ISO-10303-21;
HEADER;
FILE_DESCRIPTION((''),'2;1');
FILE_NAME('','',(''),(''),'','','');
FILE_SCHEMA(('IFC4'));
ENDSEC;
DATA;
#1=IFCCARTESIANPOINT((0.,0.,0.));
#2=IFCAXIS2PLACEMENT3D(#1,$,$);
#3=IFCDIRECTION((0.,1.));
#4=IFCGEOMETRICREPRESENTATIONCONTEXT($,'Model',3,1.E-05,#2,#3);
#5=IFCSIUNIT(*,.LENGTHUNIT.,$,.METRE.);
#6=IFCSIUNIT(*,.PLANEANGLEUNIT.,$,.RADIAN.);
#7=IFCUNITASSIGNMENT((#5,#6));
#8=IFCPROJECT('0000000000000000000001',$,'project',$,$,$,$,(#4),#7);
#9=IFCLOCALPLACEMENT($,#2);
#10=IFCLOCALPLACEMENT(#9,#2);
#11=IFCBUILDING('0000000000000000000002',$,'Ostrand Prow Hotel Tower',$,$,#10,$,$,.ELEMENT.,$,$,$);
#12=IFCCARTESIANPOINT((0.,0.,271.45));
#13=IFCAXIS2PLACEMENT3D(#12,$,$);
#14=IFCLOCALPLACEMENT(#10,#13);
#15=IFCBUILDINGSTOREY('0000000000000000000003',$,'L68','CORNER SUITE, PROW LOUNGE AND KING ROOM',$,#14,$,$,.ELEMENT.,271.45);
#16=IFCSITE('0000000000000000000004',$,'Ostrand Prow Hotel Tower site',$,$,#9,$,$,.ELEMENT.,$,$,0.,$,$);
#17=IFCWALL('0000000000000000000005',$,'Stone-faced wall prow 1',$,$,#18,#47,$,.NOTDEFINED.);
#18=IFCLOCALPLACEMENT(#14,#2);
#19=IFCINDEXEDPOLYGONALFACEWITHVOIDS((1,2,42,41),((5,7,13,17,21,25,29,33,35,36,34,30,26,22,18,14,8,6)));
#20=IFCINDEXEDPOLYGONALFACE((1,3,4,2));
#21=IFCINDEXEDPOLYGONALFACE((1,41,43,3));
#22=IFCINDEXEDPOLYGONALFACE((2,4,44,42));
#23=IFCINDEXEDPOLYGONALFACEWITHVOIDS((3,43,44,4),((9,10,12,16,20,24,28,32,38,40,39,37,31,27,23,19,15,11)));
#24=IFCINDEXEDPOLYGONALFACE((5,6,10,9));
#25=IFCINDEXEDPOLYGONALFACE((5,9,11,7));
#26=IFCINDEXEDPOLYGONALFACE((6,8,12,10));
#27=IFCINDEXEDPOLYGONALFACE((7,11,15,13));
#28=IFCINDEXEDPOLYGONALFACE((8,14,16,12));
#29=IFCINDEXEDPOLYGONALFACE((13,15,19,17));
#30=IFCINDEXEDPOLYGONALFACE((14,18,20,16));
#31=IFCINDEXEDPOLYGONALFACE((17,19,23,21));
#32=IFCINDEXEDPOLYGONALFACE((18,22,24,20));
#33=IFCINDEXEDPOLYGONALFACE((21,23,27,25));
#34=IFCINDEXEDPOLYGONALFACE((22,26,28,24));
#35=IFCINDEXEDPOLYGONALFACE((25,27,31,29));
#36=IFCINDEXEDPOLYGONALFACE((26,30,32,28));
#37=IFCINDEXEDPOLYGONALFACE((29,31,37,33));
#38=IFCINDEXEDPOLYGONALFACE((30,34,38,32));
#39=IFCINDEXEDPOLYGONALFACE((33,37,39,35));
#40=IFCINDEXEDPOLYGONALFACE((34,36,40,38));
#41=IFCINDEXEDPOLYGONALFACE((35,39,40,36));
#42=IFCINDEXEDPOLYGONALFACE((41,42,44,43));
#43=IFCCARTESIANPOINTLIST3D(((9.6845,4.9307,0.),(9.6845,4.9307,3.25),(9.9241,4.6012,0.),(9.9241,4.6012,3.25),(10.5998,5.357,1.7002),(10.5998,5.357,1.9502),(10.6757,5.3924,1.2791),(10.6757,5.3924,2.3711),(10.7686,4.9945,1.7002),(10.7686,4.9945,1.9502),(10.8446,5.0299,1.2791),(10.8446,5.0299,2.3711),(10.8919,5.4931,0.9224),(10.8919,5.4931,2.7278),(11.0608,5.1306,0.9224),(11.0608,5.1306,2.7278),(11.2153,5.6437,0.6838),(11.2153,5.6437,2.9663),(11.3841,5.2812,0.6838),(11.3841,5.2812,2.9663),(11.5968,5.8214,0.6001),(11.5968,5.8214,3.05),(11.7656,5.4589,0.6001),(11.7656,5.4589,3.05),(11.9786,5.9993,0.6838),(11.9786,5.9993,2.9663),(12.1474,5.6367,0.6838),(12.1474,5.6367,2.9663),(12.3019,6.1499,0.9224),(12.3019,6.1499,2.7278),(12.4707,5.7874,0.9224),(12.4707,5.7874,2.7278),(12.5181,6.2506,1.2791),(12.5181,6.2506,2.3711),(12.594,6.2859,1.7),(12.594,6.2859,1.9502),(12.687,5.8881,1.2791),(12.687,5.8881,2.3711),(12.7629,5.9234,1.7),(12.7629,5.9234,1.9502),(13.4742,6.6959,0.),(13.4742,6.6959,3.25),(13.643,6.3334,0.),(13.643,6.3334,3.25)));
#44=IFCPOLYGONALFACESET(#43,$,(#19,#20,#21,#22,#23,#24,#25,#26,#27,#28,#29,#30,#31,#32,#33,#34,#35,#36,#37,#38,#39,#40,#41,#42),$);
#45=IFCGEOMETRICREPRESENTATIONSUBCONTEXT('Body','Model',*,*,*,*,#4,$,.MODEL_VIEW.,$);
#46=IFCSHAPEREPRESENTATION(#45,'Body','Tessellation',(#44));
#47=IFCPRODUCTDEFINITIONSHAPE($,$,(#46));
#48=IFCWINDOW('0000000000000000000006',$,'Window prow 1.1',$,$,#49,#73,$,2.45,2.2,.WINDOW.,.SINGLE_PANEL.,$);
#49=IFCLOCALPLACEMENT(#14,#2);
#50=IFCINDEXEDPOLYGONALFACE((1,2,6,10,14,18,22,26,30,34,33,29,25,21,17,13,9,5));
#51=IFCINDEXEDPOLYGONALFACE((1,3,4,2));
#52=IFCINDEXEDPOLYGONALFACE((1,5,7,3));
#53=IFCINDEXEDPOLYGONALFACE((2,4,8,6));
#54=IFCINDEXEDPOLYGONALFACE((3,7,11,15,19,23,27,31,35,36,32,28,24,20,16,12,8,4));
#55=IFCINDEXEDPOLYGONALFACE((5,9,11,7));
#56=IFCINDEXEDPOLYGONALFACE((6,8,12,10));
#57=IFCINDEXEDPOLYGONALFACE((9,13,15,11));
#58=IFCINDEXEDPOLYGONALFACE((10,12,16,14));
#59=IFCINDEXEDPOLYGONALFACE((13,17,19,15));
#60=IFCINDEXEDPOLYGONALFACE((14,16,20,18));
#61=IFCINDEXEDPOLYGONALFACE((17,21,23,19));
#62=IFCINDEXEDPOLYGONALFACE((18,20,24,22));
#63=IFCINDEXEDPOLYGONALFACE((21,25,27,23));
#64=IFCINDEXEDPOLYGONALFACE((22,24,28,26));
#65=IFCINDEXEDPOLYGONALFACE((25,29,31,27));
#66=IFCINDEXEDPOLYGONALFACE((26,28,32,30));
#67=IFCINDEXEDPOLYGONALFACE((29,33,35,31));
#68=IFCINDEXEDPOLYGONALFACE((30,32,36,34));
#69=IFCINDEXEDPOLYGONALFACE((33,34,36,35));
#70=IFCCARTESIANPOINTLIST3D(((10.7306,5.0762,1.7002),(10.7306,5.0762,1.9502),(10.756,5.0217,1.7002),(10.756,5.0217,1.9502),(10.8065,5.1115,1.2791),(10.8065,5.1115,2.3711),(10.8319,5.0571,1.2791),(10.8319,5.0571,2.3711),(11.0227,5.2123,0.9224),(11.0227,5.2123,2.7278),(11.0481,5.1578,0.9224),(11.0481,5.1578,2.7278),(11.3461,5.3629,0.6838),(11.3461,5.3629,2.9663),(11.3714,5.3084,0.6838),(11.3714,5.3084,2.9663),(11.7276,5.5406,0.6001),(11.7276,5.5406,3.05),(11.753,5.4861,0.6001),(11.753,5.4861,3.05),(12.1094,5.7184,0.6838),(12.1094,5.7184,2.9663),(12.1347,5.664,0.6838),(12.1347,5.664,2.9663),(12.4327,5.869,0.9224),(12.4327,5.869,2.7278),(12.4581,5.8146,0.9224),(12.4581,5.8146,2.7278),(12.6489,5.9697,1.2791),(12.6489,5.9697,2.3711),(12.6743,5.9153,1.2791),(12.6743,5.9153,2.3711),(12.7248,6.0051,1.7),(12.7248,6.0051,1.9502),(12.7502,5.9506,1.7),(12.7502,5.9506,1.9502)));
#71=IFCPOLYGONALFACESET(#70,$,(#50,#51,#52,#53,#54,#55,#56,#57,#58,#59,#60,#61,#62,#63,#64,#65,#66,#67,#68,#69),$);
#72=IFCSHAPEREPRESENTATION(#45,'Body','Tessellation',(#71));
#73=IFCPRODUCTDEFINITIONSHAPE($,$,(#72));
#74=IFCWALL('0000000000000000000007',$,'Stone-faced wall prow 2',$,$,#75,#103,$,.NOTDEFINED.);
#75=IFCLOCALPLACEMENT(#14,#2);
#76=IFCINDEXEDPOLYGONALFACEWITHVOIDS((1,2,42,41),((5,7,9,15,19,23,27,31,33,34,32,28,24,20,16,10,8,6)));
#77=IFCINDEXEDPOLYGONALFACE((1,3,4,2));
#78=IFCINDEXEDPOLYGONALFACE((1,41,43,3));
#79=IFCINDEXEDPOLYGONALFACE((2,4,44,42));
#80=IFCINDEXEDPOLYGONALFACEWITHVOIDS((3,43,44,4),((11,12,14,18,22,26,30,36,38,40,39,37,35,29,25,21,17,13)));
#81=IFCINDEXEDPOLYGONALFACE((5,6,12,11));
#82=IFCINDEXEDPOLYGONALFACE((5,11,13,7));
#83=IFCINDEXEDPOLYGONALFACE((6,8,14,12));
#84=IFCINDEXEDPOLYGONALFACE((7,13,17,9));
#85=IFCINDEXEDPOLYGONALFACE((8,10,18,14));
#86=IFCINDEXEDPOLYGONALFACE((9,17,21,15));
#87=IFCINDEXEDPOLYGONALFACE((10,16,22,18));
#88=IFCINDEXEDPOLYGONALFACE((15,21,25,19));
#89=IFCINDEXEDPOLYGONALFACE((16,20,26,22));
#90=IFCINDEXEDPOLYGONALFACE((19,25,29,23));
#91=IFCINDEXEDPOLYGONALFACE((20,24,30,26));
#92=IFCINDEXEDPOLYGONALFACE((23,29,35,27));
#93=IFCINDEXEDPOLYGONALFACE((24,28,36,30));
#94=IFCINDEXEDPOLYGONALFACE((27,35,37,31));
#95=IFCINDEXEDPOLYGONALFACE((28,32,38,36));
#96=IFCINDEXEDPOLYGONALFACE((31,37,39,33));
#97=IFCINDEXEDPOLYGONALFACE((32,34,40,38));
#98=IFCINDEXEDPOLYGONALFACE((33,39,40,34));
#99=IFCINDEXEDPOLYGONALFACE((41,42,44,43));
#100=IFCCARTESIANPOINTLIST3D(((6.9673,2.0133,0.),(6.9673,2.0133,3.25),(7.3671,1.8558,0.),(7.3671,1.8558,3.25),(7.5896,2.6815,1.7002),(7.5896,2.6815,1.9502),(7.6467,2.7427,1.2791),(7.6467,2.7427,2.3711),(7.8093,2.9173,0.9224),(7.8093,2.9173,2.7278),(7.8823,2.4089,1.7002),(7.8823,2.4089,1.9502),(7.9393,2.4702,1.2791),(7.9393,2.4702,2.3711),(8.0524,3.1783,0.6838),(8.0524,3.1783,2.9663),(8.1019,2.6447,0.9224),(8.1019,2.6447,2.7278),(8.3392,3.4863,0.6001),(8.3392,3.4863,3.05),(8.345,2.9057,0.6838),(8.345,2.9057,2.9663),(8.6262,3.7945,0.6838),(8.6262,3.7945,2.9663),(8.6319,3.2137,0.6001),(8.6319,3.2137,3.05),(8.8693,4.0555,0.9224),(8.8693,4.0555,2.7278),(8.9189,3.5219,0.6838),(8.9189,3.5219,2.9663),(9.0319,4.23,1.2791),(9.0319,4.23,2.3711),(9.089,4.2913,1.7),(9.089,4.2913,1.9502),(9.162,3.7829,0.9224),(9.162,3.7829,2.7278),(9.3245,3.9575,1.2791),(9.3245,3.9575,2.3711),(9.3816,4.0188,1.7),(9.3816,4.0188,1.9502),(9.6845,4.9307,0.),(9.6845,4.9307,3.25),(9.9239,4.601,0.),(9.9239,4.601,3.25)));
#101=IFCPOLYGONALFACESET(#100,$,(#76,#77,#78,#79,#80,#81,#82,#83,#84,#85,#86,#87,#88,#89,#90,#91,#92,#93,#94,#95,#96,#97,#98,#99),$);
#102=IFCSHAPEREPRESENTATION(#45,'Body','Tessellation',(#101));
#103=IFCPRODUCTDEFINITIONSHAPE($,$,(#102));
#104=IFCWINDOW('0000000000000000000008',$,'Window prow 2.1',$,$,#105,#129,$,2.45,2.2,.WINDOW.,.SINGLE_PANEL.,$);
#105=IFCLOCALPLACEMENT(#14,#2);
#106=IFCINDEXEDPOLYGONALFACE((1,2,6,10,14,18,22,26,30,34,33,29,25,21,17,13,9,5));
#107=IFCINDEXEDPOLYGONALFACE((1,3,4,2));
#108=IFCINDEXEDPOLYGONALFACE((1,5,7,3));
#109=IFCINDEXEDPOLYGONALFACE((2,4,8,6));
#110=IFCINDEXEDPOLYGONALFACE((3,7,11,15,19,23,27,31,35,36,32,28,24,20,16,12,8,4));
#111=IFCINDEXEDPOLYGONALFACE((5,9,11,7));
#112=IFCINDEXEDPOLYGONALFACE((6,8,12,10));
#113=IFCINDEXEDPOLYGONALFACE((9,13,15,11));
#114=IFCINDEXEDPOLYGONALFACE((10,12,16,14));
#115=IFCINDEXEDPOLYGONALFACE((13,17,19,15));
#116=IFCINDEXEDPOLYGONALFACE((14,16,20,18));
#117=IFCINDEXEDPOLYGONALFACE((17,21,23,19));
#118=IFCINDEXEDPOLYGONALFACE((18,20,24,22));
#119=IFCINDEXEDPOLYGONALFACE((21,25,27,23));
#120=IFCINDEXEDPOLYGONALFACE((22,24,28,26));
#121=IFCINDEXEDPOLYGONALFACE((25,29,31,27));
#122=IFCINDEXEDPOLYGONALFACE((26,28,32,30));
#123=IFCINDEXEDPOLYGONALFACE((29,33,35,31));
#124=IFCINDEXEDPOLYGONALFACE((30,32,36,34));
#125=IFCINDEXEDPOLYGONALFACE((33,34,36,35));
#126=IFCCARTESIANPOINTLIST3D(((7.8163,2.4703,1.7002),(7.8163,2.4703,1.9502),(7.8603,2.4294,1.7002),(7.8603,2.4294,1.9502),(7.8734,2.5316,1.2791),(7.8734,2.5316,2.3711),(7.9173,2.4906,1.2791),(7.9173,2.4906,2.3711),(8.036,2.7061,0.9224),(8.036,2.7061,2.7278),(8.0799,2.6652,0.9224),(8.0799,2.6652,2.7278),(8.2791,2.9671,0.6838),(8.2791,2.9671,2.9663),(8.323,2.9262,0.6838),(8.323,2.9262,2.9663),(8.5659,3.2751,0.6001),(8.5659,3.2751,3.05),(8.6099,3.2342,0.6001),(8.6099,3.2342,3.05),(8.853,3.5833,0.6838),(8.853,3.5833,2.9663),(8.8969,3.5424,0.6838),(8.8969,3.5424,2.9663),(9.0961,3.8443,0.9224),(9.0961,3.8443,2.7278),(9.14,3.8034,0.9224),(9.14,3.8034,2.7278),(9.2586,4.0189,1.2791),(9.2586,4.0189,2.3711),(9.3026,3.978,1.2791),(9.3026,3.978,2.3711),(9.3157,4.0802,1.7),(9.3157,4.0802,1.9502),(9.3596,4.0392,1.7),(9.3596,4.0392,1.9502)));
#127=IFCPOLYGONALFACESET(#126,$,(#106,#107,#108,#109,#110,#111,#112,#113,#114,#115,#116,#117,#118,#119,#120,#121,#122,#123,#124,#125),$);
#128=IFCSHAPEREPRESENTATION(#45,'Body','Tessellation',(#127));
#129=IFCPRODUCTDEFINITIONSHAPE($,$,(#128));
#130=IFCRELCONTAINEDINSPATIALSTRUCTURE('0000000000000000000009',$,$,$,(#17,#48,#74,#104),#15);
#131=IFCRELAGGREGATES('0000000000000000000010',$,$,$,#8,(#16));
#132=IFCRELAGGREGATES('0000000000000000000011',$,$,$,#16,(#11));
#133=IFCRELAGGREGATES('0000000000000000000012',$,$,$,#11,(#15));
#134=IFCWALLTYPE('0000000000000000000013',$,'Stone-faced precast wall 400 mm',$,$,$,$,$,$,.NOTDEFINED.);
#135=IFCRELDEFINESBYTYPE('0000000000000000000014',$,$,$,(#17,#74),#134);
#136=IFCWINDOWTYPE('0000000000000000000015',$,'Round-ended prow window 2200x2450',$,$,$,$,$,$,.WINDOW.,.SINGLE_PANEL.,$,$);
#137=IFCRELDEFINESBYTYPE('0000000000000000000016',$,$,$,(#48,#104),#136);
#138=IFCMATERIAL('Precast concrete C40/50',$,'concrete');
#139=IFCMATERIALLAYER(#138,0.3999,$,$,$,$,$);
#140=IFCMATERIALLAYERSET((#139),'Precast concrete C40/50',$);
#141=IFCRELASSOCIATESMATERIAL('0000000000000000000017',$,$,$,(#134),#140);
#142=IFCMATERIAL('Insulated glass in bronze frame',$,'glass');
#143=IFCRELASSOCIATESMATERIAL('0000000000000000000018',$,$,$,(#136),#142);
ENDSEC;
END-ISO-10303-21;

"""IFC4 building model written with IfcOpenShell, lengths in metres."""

from ifc_helpers import new_model, si_unit, direction, frame, origin, place, context, subcontext, project, spatial, polyline, outline, extrude, material, layer, layer_set, type_object, element, fill, save


model = new_model("IFC4")

# Units and contexts
model_context = context("Model", 3, precision=1e-05, world=origin(), true_north=direction((0.0, 1.0)))
body_context = subcontext(model_context, "Body", "Model", "MODEL_VIEW")
ifc_project = project(units=[si_unit("LENGTHUNIT", "METRE"), si_unit("PLANEANGLEUNIT", "RADIAN")], contexts=[model_context])

# Site, building, storey
site_placement = place(None, origin())
site = spatial("IfcSite", under=ifc_project, at=site_placement, Name="Ostrand Prow Hotel Tower site", CompositionType="ELEMENT", RefElevation=0.0)
building_placement = place(site_placement, origin())
building = spatial("IfcBuilding", under=site, at=building_placement, Name="Ostrand Prow Hotel Tower", CompositionType="ELEMENT")
storey_placement = place(building_placement, frame((0.0, 0.0, 271.45)))
storey = spatial("IfcBuildingStorey", under=building, at=storey_placement, Name="L68", Description="CORNER SUITE, PROW LOUNGE AND KING ROOM", CompositionType="ELEMENT", Elevation=271.45)

# Walls, openings, windows
ifc_material_1 = material(Name="Precast concrete C40/50", Category="concrete")
ifc_layer_1 = layer(ifc_material_1, 0.3999)
ifc_layer_set_1 = layer_set([ifc_layer_1], Name="Precast concrete C40/50")
wall_type_1 = type_object("IfcWallType", Name="Stone-faced precast wall 400 mm", PredefinedType="NOTDEFINED", material=ifc_layer_set_1)
wall_1_placement = place(storey_placement, frame((13.5586, 6.5146, 0.0), z_axis=(0.0, 0.0, 1.0), x_axis=(-0.906486, -0.422237, 0.0)))
wall_1 = element("IfcWall", 1, at=wall_1_placement, inside=storey, type_object=wall_type_1, Name="Stone-faced wall prow 1", PredefinedType="NOTDEFINED", context=body_context, shape_type="SweptSolid", body=[
    extrude(outline(polyline([(0.0, -0.2), (4.1807, -0.2), (4.1025, 0.2), (0.0, 0.2), (0.0, -0.2)])), origin(), (0.0, 0.0, 1.0), 3.25),
])
opening_1_placement = place(wall_1_placement, frame((0.9709, 0.0, 0.6001)))
opening_1 = element("IfcOpeningElement", 2, at=opening_1_placement, cuts=wall_1, PredefinedType="OPENING", context=body_context, shape_type="SweptSolid", body=[
    extrude(outline(polyline([(0.0, 1.3501), (0.0837, 1.771), (0.3223, 2.1277), (0.679, 2.3662), (1.1001, 2.45), (1.521, 2.3662), (1.8777, 2.1277), (2.1162, 1.771), (2.2, 1.3501), (2.2, 1.1001), (2.1162, 0.679), (1.8777, 0.3223), (1.521, 0.0837), (1.1001, 0.0), (0.679, 0.0837), (0.3223, 0.3223), (0.0837, 0.679), (0.0, 1.0999), (0.0, 1.3501)])), frame((0.0, 0.21, 0.0), z_axis=(0.0, -1.0, 0.0), x_axis=(1.0, 0.0, 0.0)), (0.0, 0.0, 1.0), 0.4199),
])
ifc_material_2 = material(Name="Insulated glass in bronze frame", Category="glass")
window_type = type_object("IfcWindowType", Name="Round-ended prow window 2200x2450", PartitioningType="SINGLE_PANEL", PredefinedType="WINDOW", material=ifc_material_2)
window_1_placement = place(opening_1_placement, origin())
window_1 = element("IfcWindow", 3, at=window_1_placement, inside=storey, type_object=window_type, Name="Window prow 1.1", OverallHeight=2.45, OverallWidth=2.2, PartitioningType="SINGLE_PANEL", PredefinedType="WINDOW", context=body_context, shape_type="SweptSolid", body=[
    extrude(outline(polyline([(0.0, 1.3501), (0.0837, 1.771), (0.3223, 2.1277), (0.679, 2.3662), (1.1001, 2.45), (1.521, 2.3662), (1.8777, 2.1277), (2.1162, 1.771), (2.2, 1.3501), (2.2, 1.1001), (2.1162, 0.679), (1.8777, 0.3223), (1.521, 0.0837), (1.1001, 0.0), (0.679, 0.0837), (0.3223, 0.3223), (0.0837, 0.679), (0.0, 1.0999), (0.0, 1.3501)])), frame((0.0, 0.1699, 0.0), z_axis=(0.0, -1.0, 0.0), x_axis=(1.0, 0.0, 0.0)), (0.0, 0.0, 1.0), 0.0601),
])
fill(opening_1, window_1)
wall_2_placement = place(storey_placement, frame((9.8042, 4.7659, 0.0), z_axis=(0.0, 0.0, 1.0), x_axis=(-0.681547, -0.731775, 0.0)))
wall_2 = element("IfcWall", 4, at=wall_2_placement, inside=storey, type_object=wall_type_1, Name="Stone-faced wall prow 2", PredefinedType="NOTDEFINED", context=body_context, shape_type="SweptSolid", body=[
    extrude(outline(polyline([(-0.0391, -0.2), (3.9478, -0.2), (3.7905, 0.2), (0.0391, 0.2), (-0.0391, -0.2)])), origin(), (0.0, 0.0, 1.0), 3.25),
])
opening_2_placement = place(wall_2_placement, frame((0.8347, 0.0, 0.6001)))
opening_2 = element("IfcOpeningElement", 5, at=opening_2_placement, cuts=wall_2, PredefinedType="OPENING", context=body_context, shape_type="SweptSolid", body=[
    extrude(outline(polyline([(0.0, 1.3501), (0.0837, 1.771), (0.3223, 2.1277), (0.679, 2.3662), (1.1001, 2.45), (1.521, 2.3662), (1.8777, 2.1277), (2.1162, 1.771), (2.2, 1.3501), (2.2, 1.1001), (2.1162, 0.679), (1.8777, 0.3223), (1.521, 0.0837), (1.1001, 0.0), (0.679, 0.0837), (0.3223, 0.3223), (0.0837, 0.679), (0.0, 1.0999), (0.0, 1.3501)])), frame((0.0, 0.21, 0.0), z_axis=(0.0, -1.0, 0.0), x_axis=(1.0, 0.0, 0.0)), (0.0, 0.0, 1.0), 0.4199),
])
window_2_placement = place(opening_2_placement, origin())
window_2 = element("IfcWindow", 6, at=window_2_placement, inside=storey, type_object=window_type, Name="Window prow 2.1", OverallHeight=2.45, OverallWidth=2.2, PartitioningType="SINGLE_PANEL", PredefinedType="WINDOW", context=body_context, shape_type="SweptSolid", body=[
    extrude(outline(polyline([(0.0, 1.3501), (0.0837, 1.771), (0.3223, 2.1277), (0.679, 2.3662), (1.1001, 2.45), (1.521, 2.3662), (1.8777, 2.1277), (2.1162, 1.771), (2.2, 1.3501), (2.2, 1.1001), (2.1162, 0.679), (1.8777, 0.3223), (1.521, 0.0837), (1.1001, 0.0), (0.679, 0.0837), (0.3223, 0.3223), (0.0837, 0.679), (0.0, 1.0999), (0.0, 1.3501)])), frame((0.0, 0.1699, 0.0), z_axis=(0.0, -1.0, 0.0), x_axis=(1.0, 0.0, 0.0)), (0.0, 0.0, 1.0), 0.0601),
])
fill(opening_2, window_2)

save(model, "model.ifc")
